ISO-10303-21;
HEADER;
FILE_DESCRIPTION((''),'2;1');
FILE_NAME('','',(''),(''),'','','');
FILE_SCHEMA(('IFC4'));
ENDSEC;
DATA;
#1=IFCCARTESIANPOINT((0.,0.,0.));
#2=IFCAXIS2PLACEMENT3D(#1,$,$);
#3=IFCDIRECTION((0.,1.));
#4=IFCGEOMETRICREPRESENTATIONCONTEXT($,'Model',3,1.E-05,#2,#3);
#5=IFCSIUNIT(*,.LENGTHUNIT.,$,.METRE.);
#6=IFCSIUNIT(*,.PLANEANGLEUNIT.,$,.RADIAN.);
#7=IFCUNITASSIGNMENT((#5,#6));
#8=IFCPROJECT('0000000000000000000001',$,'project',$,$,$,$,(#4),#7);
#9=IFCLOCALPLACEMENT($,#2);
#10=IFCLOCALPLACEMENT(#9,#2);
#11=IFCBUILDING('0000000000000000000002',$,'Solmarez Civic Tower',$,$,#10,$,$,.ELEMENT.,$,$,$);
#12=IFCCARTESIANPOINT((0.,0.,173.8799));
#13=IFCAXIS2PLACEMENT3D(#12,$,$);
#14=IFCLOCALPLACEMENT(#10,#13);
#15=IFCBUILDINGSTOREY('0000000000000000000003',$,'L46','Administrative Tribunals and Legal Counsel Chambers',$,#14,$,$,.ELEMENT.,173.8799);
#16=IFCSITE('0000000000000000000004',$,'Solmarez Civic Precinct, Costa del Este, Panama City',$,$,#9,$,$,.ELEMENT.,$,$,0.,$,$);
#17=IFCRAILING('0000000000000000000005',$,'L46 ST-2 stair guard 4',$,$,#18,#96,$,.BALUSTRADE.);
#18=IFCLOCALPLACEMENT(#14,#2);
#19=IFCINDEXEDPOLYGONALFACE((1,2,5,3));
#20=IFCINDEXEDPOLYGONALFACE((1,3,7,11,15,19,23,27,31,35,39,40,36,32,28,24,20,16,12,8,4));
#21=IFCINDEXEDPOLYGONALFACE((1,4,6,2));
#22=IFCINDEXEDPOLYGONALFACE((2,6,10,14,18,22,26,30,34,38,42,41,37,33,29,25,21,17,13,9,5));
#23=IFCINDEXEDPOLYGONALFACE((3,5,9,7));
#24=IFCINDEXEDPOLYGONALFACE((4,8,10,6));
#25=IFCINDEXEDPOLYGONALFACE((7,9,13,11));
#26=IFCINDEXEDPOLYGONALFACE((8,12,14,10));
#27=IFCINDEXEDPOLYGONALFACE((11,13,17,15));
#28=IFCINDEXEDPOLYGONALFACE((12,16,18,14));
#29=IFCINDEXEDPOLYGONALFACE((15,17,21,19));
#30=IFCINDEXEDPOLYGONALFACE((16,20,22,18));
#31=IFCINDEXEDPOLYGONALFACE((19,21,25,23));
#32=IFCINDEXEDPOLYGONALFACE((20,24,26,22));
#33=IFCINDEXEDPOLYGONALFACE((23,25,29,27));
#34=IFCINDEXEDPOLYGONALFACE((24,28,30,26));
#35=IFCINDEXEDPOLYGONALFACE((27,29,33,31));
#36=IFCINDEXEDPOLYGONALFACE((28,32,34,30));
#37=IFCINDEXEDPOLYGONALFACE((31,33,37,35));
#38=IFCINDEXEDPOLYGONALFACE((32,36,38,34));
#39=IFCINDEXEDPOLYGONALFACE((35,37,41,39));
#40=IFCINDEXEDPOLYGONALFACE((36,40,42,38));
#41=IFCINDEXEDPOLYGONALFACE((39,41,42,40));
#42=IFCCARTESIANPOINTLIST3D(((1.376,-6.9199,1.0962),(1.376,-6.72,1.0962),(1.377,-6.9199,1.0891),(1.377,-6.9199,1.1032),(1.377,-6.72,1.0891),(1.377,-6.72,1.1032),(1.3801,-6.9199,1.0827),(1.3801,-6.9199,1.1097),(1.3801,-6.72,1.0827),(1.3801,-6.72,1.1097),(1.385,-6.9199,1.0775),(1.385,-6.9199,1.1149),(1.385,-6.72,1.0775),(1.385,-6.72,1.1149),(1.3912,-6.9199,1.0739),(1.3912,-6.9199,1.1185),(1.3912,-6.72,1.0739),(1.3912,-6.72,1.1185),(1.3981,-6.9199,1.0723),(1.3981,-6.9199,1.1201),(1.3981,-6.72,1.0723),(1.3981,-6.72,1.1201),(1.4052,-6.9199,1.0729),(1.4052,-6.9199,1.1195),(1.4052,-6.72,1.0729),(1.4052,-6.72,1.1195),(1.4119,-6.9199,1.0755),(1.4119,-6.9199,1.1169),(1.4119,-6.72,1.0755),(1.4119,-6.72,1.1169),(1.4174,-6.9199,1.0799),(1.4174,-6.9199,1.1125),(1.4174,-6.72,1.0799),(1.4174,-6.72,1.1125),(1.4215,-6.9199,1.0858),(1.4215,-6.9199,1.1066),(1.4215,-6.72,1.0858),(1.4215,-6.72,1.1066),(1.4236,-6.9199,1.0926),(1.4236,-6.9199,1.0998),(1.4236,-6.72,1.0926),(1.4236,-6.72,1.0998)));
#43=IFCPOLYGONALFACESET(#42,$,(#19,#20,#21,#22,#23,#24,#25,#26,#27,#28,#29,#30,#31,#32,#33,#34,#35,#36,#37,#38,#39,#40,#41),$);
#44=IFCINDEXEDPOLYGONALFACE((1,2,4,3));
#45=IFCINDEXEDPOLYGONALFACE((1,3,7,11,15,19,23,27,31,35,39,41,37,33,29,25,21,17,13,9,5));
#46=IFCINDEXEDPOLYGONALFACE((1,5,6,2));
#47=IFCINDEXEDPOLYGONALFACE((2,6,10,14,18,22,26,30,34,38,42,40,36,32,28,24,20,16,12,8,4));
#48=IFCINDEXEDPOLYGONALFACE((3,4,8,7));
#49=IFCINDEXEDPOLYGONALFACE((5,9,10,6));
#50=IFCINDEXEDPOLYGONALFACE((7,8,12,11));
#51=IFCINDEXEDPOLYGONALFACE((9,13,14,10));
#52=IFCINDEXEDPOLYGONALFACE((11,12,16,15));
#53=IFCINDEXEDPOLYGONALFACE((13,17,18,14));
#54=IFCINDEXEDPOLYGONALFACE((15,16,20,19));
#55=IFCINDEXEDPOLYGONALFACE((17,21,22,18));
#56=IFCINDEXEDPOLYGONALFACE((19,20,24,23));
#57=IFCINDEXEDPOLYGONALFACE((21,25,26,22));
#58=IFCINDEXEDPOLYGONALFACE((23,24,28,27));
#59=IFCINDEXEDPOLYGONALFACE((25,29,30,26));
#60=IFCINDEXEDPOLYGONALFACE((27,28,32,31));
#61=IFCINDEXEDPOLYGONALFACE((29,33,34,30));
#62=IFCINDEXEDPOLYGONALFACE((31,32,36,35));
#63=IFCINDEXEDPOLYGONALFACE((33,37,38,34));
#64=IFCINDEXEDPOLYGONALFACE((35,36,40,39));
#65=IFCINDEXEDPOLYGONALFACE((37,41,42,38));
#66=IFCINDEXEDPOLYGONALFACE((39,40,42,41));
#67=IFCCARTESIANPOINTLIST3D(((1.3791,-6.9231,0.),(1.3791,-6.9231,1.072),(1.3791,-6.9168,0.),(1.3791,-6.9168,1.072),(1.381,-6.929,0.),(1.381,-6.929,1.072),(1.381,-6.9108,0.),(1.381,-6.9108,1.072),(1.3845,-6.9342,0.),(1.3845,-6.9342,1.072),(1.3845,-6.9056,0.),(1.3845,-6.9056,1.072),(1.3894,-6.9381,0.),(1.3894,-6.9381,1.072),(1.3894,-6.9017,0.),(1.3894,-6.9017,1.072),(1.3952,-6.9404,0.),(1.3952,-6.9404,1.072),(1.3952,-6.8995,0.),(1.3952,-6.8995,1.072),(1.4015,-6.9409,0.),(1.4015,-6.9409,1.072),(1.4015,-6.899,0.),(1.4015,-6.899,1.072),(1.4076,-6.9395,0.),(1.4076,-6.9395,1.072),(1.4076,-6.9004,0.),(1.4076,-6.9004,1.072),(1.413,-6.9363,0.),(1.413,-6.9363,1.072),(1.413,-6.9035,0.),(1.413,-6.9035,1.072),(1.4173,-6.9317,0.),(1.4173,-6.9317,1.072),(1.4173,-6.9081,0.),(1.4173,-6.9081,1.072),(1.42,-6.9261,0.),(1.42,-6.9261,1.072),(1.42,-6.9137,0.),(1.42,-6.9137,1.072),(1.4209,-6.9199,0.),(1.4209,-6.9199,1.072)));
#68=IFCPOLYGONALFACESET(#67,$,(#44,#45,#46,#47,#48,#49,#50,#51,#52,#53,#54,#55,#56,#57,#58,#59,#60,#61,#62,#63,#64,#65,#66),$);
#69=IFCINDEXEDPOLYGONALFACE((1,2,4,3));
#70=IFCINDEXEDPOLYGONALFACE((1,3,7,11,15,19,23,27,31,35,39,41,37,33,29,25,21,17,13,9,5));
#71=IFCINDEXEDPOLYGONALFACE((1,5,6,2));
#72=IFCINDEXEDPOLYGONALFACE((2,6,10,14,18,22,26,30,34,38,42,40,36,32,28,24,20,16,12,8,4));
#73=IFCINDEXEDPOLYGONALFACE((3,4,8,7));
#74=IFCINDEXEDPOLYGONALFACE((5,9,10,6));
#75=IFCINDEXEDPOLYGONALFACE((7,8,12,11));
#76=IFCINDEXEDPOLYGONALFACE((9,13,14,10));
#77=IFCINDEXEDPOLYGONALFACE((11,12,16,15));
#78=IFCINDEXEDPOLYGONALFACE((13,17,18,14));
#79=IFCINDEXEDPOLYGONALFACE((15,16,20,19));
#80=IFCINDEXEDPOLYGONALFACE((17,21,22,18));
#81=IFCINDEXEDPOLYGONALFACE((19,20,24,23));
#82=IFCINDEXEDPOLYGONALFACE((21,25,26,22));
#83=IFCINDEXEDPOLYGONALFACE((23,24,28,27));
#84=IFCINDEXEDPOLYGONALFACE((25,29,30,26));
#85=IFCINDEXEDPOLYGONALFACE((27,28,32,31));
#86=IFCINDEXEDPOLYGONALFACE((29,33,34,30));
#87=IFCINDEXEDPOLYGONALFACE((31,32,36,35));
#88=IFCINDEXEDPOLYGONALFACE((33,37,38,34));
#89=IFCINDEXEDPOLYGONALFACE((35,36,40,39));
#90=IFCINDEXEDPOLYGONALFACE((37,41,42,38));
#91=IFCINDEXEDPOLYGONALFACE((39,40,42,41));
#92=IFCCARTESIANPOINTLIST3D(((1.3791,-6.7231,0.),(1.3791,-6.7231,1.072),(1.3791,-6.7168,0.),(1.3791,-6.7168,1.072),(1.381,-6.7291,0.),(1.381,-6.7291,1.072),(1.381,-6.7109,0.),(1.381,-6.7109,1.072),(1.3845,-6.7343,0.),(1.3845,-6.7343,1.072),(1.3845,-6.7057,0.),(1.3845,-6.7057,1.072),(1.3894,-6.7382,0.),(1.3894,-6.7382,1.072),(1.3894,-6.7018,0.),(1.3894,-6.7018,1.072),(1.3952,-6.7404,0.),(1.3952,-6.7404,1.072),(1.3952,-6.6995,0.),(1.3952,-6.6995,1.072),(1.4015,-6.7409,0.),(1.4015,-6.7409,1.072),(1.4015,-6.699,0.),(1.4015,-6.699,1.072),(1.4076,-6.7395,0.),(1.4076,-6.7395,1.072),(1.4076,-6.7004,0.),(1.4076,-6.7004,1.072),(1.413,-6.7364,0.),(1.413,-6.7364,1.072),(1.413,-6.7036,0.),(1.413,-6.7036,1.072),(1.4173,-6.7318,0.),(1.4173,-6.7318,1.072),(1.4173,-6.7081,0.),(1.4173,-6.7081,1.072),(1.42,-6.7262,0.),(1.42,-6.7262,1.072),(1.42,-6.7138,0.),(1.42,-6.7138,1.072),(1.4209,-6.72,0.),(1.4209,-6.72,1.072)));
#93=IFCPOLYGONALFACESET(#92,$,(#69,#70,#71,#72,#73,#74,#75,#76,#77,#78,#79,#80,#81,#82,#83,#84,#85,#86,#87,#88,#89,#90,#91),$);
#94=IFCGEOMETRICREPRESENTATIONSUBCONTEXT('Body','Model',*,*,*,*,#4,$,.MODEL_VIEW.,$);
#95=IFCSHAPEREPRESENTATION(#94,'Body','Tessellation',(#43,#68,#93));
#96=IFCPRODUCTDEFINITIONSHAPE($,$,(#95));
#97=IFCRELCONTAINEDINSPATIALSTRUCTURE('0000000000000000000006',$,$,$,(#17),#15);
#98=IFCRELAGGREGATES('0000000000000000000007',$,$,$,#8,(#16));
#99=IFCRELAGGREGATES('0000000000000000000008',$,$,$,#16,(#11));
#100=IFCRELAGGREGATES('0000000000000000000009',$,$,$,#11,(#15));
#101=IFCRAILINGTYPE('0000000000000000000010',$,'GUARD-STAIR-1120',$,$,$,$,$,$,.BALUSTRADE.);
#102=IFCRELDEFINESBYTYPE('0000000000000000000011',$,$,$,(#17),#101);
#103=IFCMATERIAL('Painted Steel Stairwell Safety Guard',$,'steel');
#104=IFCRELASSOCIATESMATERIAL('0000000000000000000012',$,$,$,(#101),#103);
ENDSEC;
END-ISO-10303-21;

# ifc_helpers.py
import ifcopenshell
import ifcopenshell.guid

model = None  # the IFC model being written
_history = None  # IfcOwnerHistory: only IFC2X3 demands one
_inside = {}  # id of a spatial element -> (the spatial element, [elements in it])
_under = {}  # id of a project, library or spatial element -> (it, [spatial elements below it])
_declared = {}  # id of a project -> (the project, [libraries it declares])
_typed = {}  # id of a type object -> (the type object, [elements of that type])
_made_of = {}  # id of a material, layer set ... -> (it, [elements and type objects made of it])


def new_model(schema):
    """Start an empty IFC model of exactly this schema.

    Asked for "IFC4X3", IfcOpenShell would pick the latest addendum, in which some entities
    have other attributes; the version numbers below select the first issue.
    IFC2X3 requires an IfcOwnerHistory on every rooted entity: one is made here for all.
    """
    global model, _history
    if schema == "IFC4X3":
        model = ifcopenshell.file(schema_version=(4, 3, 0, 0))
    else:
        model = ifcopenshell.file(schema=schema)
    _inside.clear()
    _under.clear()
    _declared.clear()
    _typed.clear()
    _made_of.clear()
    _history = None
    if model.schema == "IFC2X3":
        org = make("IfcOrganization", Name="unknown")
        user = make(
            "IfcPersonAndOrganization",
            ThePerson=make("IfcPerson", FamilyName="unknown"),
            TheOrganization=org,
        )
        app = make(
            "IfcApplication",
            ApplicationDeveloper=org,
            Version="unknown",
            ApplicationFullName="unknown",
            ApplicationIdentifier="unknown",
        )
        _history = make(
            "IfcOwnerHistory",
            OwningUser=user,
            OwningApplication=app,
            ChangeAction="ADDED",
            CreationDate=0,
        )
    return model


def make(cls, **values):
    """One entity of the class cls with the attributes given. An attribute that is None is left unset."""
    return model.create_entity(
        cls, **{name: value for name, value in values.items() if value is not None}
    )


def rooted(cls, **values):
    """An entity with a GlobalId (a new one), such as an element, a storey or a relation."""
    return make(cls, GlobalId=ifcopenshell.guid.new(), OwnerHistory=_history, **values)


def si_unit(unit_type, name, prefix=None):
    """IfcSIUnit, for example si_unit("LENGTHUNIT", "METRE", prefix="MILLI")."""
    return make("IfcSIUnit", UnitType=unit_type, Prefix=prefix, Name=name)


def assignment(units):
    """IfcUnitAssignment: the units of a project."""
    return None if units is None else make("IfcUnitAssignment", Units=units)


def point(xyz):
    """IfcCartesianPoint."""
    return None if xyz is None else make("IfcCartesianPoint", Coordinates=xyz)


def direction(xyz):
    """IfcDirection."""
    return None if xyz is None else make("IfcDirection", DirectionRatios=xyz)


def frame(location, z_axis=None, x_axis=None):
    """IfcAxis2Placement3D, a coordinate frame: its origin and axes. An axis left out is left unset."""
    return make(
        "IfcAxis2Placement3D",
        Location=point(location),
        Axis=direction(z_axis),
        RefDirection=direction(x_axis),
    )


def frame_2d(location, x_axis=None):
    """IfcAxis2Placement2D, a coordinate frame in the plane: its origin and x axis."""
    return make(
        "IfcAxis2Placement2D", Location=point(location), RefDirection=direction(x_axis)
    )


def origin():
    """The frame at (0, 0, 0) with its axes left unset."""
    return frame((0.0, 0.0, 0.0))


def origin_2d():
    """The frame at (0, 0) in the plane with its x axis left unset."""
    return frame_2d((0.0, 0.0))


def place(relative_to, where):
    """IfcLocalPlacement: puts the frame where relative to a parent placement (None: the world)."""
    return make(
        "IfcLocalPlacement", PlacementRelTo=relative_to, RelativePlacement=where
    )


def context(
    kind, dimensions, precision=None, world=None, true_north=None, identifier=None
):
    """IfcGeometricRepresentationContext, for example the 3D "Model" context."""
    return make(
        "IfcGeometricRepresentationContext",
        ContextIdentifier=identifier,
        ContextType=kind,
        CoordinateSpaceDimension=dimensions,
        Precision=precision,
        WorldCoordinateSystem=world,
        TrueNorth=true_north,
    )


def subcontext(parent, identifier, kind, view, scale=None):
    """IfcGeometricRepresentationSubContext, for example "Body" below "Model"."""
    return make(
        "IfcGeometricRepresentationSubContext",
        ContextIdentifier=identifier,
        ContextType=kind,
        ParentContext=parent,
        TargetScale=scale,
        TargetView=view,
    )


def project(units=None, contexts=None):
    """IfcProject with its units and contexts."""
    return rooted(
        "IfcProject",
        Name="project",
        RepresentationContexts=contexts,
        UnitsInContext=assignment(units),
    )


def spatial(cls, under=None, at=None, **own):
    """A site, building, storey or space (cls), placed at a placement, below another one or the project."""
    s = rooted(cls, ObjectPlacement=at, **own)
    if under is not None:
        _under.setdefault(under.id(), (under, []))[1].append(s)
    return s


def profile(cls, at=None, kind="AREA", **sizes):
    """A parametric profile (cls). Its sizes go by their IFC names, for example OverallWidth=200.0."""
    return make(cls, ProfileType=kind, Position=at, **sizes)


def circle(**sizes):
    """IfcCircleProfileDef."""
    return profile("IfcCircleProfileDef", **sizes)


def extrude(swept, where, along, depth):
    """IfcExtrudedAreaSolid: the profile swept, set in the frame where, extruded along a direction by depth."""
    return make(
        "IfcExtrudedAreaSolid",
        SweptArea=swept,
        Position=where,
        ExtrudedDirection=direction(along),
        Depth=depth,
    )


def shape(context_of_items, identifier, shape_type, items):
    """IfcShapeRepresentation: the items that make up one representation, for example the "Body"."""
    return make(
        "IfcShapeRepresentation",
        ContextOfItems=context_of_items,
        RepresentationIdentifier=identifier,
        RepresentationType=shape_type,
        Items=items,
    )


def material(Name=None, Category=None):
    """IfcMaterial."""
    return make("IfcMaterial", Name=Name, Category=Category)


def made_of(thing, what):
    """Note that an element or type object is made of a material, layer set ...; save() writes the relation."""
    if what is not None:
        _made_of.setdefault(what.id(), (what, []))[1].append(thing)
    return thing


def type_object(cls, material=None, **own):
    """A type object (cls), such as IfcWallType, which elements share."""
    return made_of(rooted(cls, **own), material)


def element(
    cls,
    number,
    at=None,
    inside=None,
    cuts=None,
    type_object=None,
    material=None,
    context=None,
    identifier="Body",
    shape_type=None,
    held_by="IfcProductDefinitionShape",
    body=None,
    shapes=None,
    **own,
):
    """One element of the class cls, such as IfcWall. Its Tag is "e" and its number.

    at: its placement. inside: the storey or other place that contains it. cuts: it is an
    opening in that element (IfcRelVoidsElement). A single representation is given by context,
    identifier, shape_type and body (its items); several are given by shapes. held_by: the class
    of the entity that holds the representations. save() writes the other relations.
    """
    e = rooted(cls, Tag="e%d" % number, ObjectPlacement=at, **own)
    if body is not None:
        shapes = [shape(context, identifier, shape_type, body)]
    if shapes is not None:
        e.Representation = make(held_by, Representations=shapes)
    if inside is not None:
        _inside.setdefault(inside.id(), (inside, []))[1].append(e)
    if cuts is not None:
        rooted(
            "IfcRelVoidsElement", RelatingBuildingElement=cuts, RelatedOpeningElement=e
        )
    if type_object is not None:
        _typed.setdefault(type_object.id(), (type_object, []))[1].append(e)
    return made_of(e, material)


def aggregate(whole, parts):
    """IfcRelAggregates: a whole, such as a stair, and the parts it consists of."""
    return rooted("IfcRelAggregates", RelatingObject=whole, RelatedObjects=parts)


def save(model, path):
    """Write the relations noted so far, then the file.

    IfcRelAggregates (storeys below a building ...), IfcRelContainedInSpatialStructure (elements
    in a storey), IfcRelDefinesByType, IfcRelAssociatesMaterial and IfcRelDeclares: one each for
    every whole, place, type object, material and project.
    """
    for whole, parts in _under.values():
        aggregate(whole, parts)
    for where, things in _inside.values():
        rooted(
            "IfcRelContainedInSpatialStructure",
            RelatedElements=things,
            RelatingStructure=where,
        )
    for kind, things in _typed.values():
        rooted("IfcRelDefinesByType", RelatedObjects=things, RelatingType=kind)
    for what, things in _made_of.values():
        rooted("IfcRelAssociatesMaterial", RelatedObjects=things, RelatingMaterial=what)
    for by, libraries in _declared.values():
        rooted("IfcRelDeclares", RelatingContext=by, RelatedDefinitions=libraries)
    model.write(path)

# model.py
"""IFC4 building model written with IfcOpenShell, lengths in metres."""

from ifc_helpers import new_model, si_unit, direction, frame, origin, origin_2d, place, context, subcontext, project, spatial, circle, extrude, material, type_object, element, save


model = new_model("IFC4")

# Units and contexts
model_context = context("Model", 3, precision=1e-05, world=origin(), true_north=direction((0.0, 1.0)))
body_context = subcontext(model_context, "Body", "Model", "MODEL_VIEW")
ifc_project = project(units=[si_unit("LENGTHUNIT", "METRE"), si_unit("PLANEANGLEUNIT", "RADIAN")], contexts=[model_context])

# Site, building, storey
site_placement = place(None, origin())
site = spatial("IfcSite", under=ifc_project, at=site_placement, Name="Solmarez Civic Precinct, Costa del Este, Panama City", CompositionType="ELEMENT", RefElevation=0.0)
building_placement = place(site_placement, origin())
building = spatial("IfcBuilding", under=site, at=building_placement, Name="Solmarez Civic Tower", CompositionType="ELEMENT")
storey_placement = place(building_placement, frame((0.0, 0.0, 173.8799)))
storey = spatial("IfcBuildingStorey", under=building, at=storey_placement, Name="L46", Description="Administrative Tribunals and Legal Counsel Chambers", CompositionType="ELEMENT", Elevation=173.8799)

# Railing
ifc_material_1 = material(Name="Painted Steel Stairwell Safety Guard", Category="steel")
railing_type_1 = type_object("IfcRailingType", Name="GUARD-STAIR-1120", PredefinedType="BALUSTRADE", material=ifc_material_1)
railing_1_placement = place(storey_placement, frame((1.3999, -6.9199, 0.0)))
element("IfcRailing", 1, at=railing_1_placement, inside=storey, type_object=railing_type_1, Name="L46 ST-2 stair guard 4", PredefinedType="BALUSTRADE", context=body_context, shape_type="SweptSolid", body=[
    extrude(circle(Radius=0.0239, at=origin_2d()), frame((0.0, 0.0, 1.0962), z_axis=(0.0, 1.0, 0.0), x_axis=(-1.0, 0.0, 0.0)), (0.0, 0.0, 1.0), 0.2),
    extrude(circle(Radius=0.021, at=origin_2d()), origin(), (0.0, 0.0, 1.0), 1.072),
    extrude(circle(Radius=0.021, at=origin_2d()), frame((0.0, 0.2, 0.0)), (0.0, 0.0, 1.0), 1.072),
])

save(model, "model.ifc")
